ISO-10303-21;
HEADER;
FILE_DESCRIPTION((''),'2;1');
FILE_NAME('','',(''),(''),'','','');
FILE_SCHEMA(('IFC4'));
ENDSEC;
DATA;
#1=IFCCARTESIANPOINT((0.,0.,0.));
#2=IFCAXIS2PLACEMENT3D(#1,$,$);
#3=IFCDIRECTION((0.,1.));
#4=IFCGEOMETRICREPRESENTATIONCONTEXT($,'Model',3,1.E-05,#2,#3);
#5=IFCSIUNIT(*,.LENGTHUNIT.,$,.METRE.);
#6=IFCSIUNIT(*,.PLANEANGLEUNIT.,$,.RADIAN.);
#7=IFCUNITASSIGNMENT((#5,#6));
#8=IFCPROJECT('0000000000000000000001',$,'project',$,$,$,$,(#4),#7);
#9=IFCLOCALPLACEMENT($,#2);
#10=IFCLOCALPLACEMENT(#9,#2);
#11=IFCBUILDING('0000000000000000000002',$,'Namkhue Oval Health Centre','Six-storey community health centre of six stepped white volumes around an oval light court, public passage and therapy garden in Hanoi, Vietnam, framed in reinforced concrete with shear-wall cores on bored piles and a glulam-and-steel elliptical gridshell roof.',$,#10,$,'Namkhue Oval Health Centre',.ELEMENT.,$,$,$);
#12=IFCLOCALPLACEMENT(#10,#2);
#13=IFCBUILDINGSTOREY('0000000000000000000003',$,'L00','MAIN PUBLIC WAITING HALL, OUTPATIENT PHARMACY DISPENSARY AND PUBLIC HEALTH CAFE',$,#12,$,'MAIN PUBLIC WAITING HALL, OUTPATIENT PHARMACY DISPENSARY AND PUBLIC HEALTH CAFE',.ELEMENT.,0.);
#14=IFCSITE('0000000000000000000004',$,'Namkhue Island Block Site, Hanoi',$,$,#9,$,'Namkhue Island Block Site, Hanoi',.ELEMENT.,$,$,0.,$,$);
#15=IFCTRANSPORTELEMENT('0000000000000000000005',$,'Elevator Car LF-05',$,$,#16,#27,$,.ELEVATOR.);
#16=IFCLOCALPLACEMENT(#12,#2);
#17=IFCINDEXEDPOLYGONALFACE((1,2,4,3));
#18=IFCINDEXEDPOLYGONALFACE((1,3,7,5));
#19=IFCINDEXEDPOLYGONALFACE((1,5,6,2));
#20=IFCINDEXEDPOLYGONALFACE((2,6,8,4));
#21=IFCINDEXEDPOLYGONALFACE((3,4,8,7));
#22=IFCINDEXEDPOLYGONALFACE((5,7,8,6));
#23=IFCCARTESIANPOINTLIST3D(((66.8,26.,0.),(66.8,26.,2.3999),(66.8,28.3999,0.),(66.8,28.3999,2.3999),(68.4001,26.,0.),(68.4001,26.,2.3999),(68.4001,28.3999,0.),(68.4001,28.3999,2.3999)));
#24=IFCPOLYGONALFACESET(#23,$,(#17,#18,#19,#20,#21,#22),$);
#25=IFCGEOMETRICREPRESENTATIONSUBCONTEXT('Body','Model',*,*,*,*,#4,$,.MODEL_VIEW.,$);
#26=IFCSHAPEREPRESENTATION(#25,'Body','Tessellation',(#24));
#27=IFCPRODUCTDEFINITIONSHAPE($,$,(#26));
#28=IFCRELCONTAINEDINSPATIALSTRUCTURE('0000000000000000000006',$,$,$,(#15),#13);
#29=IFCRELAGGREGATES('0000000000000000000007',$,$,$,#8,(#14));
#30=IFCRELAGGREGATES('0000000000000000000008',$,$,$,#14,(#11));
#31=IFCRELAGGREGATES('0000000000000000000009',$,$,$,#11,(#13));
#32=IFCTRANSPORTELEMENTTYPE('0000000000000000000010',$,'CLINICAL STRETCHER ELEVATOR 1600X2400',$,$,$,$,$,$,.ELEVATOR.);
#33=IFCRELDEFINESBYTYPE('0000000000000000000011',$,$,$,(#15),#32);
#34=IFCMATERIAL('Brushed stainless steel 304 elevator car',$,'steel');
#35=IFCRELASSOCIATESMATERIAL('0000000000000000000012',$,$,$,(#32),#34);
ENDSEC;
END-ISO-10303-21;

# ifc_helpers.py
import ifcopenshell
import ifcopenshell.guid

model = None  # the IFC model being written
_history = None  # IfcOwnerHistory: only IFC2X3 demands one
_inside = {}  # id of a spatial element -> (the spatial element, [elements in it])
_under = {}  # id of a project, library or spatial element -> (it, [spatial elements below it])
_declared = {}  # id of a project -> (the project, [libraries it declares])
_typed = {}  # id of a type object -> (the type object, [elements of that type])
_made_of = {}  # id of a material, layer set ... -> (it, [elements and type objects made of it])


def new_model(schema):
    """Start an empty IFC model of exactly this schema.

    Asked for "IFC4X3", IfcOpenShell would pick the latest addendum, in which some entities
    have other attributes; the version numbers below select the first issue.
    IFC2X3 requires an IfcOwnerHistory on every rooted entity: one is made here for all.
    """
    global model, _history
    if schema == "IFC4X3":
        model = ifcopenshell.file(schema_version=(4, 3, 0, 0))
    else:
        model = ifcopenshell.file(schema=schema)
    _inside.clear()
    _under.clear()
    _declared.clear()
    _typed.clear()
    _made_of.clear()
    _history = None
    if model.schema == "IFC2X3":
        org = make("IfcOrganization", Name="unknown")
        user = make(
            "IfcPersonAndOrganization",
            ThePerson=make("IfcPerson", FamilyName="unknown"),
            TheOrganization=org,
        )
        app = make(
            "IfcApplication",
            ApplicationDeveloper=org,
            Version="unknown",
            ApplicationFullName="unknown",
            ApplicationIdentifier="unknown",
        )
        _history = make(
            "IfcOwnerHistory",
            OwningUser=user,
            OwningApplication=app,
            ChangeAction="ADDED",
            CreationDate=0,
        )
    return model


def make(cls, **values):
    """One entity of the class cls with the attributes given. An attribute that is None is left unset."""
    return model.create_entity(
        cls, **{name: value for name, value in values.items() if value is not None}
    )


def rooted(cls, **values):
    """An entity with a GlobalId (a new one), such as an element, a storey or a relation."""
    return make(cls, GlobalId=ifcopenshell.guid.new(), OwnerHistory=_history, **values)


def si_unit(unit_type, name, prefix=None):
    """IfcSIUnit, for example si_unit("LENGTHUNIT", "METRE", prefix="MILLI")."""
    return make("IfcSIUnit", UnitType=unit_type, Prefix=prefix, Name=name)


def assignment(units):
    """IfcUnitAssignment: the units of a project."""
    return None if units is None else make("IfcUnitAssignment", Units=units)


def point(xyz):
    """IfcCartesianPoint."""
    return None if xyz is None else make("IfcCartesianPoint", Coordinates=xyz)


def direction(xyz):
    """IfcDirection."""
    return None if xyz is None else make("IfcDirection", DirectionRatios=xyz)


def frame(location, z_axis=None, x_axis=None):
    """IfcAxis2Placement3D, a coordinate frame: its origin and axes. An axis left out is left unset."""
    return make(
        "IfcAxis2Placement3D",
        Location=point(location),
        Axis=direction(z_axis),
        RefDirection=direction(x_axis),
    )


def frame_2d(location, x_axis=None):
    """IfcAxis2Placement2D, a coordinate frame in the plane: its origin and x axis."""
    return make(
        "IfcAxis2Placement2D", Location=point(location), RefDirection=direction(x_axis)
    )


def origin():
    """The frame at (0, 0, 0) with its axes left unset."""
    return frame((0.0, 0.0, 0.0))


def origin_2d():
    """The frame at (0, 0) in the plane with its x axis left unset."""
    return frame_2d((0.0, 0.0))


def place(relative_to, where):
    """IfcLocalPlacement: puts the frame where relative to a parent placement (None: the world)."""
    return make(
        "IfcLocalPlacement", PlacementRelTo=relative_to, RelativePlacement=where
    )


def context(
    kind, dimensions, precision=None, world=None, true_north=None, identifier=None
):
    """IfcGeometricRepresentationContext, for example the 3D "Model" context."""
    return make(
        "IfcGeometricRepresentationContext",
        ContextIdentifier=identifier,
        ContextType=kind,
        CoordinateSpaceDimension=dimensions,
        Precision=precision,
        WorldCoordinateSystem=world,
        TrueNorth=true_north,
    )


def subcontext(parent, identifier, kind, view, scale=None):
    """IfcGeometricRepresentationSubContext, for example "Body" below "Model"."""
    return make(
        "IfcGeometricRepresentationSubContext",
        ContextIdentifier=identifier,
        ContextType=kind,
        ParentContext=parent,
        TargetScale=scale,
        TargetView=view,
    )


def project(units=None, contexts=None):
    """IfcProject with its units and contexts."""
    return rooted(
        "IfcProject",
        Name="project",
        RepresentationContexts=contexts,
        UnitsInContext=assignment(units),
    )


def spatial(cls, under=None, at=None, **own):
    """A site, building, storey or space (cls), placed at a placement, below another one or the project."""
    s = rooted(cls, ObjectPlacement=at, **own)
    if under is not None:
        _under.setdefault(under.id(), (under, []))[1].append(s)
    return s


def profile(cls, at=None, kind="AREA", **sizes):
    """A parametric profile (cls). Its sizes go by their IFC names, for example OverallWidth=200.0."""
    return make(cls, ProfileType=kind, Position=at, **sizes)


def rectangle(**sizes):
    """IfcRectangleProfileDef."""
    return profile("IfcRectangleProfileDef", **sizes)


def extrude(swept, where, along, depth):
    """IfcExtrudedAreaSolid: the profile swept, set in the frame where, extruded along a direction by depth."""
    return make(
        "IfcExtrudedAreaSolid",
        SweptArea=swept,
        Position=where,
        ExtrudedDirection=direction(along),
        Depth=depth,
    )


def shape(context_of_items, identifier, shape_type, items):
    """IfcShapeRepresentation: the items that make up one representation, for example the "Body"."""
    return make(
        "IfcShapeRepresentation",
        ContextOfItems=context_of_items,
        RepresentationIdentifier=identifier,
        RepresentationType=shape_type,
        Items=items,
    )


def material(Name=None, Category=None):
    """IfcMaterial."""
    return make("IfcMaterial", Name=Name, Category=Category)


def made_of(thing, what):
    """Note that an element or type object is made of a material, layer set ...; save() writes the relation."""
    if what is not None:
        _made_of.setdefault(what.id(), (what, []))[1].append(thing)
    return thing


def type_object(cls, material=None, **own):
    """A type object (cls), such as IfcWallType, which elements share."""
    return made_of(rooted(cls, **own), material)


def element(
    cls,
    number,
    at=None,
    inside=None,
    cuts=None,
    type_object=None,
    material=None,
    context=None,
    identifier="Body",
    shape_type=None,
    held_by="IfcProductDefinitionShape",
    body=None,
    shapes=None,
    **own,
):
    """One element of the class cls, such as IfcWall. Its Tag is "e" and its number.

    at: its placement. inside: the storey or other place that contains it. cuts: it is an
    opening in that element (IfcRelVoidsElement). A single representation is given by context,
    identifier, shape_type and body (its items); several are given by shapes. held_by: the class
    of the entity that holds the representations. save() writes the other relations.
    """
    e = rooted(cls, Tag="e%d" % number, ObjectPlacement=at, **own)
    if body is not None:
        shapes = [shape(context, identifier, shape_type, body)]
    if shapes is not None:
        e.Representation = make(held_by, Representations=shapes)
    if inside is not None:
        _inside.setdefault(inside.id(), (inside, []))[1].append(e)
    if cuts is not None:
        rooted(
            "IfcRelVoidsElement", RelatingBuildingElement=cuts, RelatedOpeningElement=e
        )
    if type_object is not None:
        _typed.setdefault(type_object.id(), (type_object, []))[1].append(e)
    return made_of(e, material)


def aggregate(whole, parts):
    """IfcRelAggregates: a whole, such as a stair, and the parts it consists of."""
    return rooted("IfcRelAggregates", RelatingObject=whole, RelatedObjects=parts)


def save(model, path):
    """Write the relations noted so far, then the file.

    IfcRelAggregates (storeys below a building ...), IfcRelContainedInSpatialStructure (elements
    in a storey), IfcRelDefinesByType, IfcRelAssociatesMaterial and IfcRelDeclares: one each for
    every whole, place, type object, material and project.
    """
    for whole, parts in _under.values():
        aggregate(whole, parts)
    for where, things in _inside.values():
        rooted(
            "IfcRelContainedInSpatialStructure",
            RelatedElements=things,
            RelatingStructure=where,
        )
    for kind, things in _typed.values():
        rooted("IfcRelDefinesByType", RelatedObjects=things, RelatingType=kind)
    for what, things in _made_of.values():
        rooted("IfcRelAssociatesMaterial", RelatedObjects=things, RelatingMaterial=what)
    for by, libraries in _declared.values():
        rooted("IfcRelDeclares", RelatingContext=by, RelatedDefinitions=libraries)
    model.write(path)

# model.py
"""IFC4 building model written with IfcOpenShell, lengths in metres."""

from ifc_helpers import new_model, si_unit, direction, frame, origin, origin_2d, place, context, subcontext, project, spatial, rectangle, extrude, material, type_object, element, save


model = new_model("IFC4")

# Units and contexts
model_context = context("Model", 3, precision=1e-05, world=origin(), true_north=direction((0.0, 1.0)))
body_context = subcontext(model_context, "Body", "Model", "MODEL_VIEW")
ifc_project = project(units=[si_unit("LENGTHUNIT", "METRE"), si_unit("PLANEANGLEUNIT", "RADIAN")], contexts=[model_context])

# Site, building, storey
site_placement = place(None, origin())
site = spatial("IfcSite", under=ifc_project, at=site_placement, Name="Namkhue Island Block Site, Hanoi", LongName="Namkhue Island Block Site, Hanoi", CompositionType="ELEMENT", RefElevation=0.0)
building_placement = place(site_placement, origin())
building = spatial("IfcBuilding", under=site, at=building_placement, Name="Namkhue Oval Health Centre", Description="Six-storey community health centre of six stepped white volumes around an oval light court, public passage and therapy garden in Hanoi, Vietnam, framed in reinforced concrete with shear-wall cores on bored piles and a glulam-and-steel elliptical gridshell roof.", LongName="Namkhue Oval Health Centre", CompositionType="ELEMENT")
storey_placement = place(building_placement, origin())
storey = spatial("IfcBuildingStorey", under=building, at=storey_placement, Name="L00", Description="MAIN PUBLIC WAITING HALL, OUTPATIENT PHARMACY DISPENSARY AND PUBLIC HEALTH CAFE", LongName="MAIN PUBLIC WAITING HALL, OUTPATIENT PHARMACY DISPENSARY AND PUBLIC HEALTH CAFE", CompositionType="ELEMENT", Elevation=0.0)

# Transport element
ifc_material_1 = material(Name="Brushed stainless steel 304 elevator car", Category="steel")
transport_element_type = type_object("IfcTransportElementType", Name="CLINICAL STRETCHER ELEVATOR 1600X2400", PredefinedType="ELEVATOR", material=ifc_material_1)
transport_element_placement = place(storey_placement, frame((67.6001, 27.2, 0.0), z_axis=(0.0, 0.0, 1.0), x_axis=(1.0, 0.0, 0.0)))
element("IfcTransportElement", 1, at=transport_element_placement, inside=storey, type_object=transport_element_type, Name="Elevator Car LF-05", PredefinedType="ELEVATOR", context=body_context, shape_type="SweptSolid", body=[
    extrude(rectangle(XDim=1.6001, YDim=2.3999, at=origin_2d()), origin(), (0.0, 0.0, 1.0), 2.3999),
])

save(model, "model.ifc")
